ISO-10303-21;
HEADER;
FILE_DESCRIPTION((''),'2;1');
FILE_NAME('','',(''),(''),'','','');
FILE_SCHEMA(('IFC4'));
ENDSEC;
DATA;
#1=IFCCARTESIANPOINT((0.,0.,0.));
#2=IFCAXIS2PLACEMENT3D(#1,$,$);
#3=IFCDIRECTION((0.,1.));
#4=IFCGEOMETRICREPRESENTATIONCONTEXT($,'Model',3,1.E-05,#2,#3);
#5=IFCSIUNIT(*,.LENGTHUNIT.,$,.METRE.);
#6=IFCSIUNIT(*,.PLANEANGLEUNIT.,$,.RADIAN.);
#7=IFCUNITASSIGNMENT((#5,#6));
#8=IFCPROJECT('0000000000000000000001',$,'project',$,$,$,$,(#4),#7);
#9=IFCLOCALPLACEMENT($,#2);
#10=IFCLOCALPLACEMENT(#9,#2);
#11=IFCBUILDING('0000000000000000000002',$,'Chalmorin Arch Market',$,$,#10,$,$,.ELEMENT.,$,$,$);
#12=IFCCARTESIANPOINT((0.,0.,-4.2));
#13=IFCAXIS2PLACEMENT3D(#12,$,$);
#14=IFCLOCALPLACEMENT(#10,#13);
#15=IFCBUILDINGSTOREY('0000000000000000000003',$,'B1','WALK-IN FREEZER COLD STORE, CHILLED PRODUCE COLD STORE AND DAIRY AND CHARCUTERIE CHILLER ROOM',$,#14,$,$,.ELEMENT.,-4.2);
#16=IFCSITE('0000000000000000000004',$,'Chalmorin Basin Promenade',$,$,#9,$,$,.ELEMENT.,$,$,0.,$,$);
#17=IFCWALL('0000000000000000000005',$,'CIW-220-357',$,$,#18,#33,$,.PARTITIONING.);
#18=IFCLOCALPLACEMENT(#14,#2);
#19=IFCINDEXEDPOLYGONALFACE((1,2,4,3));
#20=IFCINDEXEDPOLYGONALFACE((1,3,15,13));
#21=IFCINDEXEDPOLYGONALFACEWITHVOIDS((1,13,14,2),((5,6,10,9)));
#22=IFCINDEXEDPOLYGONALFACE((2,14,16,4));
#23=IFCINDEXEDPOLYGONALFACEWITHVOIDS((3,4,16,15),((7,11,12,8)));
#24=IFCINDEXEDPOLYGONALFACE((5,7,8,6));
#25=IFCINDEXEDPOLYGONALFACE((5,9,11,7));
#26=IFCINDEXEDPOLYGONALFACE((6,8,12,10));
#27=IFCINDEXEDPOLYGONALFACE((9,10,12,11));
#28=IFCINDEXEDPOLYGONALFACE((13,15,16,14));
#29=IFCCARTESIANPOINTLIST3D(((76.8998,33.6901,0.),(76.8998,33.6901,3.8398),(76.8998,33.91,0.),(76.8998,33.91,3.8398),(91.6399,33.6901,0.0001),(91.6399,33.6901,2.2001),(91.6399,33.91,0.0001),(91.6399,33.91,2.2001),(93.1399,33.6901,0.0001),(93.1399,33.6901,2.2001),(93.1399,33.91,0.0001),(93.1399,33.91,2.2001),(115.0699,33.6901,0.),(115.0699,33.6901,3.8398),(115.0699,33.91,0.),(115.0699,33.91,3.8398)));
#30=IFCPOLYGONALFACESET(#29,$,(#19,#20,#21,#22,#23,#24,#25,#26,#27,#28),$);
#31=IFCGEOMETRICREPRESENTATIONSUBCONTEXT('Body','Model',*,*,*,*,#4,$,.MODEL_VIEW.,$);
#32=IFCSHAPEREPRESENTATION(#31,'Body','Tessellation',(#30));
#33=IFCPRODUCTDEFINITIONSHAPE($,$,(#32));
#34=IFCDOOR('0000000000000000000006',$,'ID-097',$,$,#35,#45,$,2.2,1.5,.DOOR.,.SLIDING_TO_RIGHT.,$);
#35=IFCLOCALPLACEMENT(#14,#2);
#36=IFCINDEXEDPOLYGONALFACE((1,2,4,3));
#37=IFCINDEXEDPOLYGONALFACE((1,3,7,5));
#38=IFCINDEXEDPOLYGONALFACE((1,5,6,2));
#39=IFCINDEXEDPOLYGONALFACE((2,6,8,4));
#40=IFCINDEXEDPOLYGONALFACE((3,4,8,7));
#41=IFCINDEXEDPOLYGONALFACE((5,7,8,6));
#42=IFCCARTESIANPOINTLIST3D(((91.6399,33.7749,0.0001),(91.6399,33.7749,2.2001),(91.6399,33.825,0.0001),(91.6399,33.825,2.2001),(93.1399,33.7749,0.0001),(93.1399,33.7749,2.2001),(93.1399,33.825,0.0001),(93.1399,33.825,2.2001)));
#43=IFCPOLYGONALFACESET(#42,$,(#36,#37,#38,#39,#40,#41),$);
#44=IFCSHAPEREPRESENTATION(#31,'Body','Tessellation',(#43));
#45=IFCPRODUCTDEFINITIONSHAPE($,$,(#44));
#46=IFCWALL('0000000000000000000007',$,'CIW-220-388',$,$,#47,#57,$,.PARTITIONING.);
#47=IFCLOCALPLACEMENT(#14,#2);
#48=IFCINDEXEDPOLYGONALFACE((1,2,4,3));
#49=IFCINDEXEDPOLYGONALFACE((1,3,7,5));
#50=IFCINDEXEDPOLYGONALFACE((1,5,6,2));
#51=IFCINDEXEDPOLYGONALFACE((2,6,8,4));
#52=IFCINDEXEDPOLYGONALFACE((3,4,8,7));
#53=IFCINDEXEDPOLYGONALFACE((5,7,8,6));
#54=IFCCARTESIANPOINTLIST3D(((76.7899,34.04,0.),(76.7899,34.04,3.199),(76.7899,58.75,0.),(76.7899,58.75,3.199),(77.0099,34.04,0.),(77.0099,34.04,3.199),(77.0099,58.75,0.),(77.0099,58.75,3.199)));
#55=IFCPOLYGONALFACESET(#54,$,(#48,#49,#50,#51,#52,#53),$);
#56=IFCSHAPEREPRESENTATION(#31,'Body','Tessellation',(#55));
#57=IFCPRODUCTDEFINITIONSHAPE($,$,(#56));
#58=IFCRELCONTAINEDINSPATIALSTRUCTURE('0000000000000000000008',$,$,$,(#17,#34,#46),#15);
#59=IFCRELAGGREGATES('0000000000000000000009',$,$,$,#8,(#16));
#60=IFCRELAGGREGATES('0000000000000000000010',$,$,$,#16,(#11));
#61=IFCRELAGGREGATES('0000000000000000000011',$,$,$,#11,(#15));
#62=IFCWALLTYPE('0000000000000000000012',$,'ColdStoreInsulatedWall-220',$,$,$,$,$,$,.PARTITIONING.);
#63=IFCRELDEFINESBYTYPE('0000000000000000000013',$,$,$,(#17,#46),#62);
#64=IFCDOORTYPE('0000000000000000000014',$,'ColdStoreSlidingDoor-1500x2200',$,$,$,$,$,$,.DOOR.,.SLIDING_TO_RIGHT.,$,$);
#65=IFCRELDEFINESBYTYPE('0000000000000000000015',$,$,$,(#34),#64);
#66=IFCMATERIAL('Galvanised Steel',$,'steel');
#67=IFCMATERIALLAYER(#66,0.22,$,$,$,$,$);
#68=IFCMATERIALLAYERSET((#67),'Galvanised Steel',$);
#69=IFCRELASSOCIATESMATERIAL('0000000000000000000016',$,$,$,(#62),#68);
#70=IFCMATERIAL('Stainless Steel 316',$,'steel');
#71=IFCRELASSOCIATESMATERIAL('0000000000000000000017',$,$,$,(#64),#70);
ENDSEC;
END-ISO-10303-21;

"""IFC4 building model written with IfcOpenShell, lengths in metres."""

from ifc_helpers import new_model, si_unit, direction, frame, frame_2d, origin, place, context, subcontext, project, spatial, rectangle, extrude, material, layer, layer_set, type_object, element, fill, save


model = new_model("IFC4")

# Units and contexts
model_context = context("Model", 3, precision=1e-05, world=origin(), true_north=direction((0.0, 1.0)))
body_context = subcontext(model_context, "Body", "Model", "MODEL_VIEW")
ifc_project = project(units=[si_unit("LENGTHUNIT", "METRE"), si_unit("PLANEANGLEUNIT", "RADIAN")], contexts=[model_context])

# Site, building, storey
site_placement = place(None, origin())
site = spatial("IfcSite", under=ifc_project, at=site_placement, Name="Chalmorin Basin Promenade", CompositionType="ELEMENT", RefElevation=0.0)
building_placement = place(site_placement, origin())
building = spatial("IfcBuilding", under=site, at=building_placement, Name="Chalmorin Arch Market", CompositionType="ELEMENT")
storey_placement = place(building_placement, frame((0.0, 0.0, -4.2)))
storey = spatial("IfcBuildingStorey", under=building, at=storey_placement, Name="B1", Description="WALK-IN FREEZER COLD STORE, CHILLED PRODUCE COLD STORE AND DAIRY AND CHARCUTERIE CHILLER ROOM", CompositionType="ELEMENT", Elevation=-4.2)

# Wall, opening, door
ifc_material_1 = material(Name="Galvanised Steel", Category="steel")
ifc_layer_1 = layer(ifc_material_1, 0.22)
ifc_layer_set_1 = layer_set([ifc_layer_1], Name="Galvanised Steel")
wall_type = type_object("IfcWallType", Name="ColdStoreInsulatedWall-220", PredefinedType="PARTITIONING", material=ifc_layer_set_1)
wall_1_placement = place(storey_placement, frame((76.8999, 33.8, 0.0), z_axis=(0.0, 0.0, 1.0), x_axis=(1.0, 0.0, 0.0)))
wall_1 = element("IfcWall", 1, at=wall_1_placement, inside=storey, type_object=wall_type, Name="CIW-220-357", PredefinedType="PARTITIONING", context=body_context, shape_type="SweptSolid", body=[
    extrude(rectangle(XDim=38.1702, YDim=0.22, at=frame_2d((19.085, 0.0))), origin(), (0.0, 0.0, 1.0), 3.8398),
])
opening_placement = place(wall_1_placement, frame((14.74, 0.0, 0.0)))
opening = element("IfcOpeningElement", 2, at=opening_placement, cuts=wall_1, PredefinedType="OPENING", context=body_context, shape_type="SweptSolid", body=[
    extrude(rectangle(XDim=1.5, YDim=2.2, at=frame_2d((0.75, 1.1001))), frame((0.0, 0.1199, 0.0), z_axis=(0.0, -1.0, 0.0), x_axis=(1.0, 0.0, 0.0)), (0.0, 0.0, 1.0), 0.24),
])
ifc_material_2 = material(Name="Stainless Steel 316", Category="steel")
door_type = type_object("IfcDoorType", Name="ColdStoreSlidingDoor-1500x2200", OperationType="SLIDING_TO_RIGHT", PredefinedType="DOOR", material=ifc_material_2)
door_placement = place(opening_placement, origin())
door = element("IfcDoor", 3, at=door_placement, inside=storey, type_object=door_type, Name="ID-097", OperationType="SLIDING_TO_RIGHT", OverallHeight=2.2, OverallWidth=1.5, PredefinedType="DOOR", context=body_context, shape_type="SweptSolid", body=[
    extrude(rectangle(XDim=1.5, YDim=2.2, at=frame_2d((0.75, 1.1001))), frame((0.0, 0.0249, 0.0), z_axis=(0.0, -1.0, 0.0), x_axis=(1.0, 0.0, 0.0)), (0.0, 0.0, 1.0), 0.05),
])
fill(opening, door)

# Wall
wall_2_placement = place(storey_placement, frame((76.8999, 34.04, 0.0), z_axis=(0.0, 0.0, 1.0), x_axis=(0.0, 1.0, 0.0)))
element("IfcWall", 4, at=wall_2_placement, inside=storey, type_object=wall_type, Name="CIW-220-388", PredefinedType="PARTITIONING", context=body_context, shape_type="SweptSolid", body=[
    extrude(rectangle(XDim=24.71, YDim=0.22, at=frame_2d((12.355, 0.0))), origin(), (0.0, 0.0, 1.0), 3.199),
])

save(model, "model.ifc")
